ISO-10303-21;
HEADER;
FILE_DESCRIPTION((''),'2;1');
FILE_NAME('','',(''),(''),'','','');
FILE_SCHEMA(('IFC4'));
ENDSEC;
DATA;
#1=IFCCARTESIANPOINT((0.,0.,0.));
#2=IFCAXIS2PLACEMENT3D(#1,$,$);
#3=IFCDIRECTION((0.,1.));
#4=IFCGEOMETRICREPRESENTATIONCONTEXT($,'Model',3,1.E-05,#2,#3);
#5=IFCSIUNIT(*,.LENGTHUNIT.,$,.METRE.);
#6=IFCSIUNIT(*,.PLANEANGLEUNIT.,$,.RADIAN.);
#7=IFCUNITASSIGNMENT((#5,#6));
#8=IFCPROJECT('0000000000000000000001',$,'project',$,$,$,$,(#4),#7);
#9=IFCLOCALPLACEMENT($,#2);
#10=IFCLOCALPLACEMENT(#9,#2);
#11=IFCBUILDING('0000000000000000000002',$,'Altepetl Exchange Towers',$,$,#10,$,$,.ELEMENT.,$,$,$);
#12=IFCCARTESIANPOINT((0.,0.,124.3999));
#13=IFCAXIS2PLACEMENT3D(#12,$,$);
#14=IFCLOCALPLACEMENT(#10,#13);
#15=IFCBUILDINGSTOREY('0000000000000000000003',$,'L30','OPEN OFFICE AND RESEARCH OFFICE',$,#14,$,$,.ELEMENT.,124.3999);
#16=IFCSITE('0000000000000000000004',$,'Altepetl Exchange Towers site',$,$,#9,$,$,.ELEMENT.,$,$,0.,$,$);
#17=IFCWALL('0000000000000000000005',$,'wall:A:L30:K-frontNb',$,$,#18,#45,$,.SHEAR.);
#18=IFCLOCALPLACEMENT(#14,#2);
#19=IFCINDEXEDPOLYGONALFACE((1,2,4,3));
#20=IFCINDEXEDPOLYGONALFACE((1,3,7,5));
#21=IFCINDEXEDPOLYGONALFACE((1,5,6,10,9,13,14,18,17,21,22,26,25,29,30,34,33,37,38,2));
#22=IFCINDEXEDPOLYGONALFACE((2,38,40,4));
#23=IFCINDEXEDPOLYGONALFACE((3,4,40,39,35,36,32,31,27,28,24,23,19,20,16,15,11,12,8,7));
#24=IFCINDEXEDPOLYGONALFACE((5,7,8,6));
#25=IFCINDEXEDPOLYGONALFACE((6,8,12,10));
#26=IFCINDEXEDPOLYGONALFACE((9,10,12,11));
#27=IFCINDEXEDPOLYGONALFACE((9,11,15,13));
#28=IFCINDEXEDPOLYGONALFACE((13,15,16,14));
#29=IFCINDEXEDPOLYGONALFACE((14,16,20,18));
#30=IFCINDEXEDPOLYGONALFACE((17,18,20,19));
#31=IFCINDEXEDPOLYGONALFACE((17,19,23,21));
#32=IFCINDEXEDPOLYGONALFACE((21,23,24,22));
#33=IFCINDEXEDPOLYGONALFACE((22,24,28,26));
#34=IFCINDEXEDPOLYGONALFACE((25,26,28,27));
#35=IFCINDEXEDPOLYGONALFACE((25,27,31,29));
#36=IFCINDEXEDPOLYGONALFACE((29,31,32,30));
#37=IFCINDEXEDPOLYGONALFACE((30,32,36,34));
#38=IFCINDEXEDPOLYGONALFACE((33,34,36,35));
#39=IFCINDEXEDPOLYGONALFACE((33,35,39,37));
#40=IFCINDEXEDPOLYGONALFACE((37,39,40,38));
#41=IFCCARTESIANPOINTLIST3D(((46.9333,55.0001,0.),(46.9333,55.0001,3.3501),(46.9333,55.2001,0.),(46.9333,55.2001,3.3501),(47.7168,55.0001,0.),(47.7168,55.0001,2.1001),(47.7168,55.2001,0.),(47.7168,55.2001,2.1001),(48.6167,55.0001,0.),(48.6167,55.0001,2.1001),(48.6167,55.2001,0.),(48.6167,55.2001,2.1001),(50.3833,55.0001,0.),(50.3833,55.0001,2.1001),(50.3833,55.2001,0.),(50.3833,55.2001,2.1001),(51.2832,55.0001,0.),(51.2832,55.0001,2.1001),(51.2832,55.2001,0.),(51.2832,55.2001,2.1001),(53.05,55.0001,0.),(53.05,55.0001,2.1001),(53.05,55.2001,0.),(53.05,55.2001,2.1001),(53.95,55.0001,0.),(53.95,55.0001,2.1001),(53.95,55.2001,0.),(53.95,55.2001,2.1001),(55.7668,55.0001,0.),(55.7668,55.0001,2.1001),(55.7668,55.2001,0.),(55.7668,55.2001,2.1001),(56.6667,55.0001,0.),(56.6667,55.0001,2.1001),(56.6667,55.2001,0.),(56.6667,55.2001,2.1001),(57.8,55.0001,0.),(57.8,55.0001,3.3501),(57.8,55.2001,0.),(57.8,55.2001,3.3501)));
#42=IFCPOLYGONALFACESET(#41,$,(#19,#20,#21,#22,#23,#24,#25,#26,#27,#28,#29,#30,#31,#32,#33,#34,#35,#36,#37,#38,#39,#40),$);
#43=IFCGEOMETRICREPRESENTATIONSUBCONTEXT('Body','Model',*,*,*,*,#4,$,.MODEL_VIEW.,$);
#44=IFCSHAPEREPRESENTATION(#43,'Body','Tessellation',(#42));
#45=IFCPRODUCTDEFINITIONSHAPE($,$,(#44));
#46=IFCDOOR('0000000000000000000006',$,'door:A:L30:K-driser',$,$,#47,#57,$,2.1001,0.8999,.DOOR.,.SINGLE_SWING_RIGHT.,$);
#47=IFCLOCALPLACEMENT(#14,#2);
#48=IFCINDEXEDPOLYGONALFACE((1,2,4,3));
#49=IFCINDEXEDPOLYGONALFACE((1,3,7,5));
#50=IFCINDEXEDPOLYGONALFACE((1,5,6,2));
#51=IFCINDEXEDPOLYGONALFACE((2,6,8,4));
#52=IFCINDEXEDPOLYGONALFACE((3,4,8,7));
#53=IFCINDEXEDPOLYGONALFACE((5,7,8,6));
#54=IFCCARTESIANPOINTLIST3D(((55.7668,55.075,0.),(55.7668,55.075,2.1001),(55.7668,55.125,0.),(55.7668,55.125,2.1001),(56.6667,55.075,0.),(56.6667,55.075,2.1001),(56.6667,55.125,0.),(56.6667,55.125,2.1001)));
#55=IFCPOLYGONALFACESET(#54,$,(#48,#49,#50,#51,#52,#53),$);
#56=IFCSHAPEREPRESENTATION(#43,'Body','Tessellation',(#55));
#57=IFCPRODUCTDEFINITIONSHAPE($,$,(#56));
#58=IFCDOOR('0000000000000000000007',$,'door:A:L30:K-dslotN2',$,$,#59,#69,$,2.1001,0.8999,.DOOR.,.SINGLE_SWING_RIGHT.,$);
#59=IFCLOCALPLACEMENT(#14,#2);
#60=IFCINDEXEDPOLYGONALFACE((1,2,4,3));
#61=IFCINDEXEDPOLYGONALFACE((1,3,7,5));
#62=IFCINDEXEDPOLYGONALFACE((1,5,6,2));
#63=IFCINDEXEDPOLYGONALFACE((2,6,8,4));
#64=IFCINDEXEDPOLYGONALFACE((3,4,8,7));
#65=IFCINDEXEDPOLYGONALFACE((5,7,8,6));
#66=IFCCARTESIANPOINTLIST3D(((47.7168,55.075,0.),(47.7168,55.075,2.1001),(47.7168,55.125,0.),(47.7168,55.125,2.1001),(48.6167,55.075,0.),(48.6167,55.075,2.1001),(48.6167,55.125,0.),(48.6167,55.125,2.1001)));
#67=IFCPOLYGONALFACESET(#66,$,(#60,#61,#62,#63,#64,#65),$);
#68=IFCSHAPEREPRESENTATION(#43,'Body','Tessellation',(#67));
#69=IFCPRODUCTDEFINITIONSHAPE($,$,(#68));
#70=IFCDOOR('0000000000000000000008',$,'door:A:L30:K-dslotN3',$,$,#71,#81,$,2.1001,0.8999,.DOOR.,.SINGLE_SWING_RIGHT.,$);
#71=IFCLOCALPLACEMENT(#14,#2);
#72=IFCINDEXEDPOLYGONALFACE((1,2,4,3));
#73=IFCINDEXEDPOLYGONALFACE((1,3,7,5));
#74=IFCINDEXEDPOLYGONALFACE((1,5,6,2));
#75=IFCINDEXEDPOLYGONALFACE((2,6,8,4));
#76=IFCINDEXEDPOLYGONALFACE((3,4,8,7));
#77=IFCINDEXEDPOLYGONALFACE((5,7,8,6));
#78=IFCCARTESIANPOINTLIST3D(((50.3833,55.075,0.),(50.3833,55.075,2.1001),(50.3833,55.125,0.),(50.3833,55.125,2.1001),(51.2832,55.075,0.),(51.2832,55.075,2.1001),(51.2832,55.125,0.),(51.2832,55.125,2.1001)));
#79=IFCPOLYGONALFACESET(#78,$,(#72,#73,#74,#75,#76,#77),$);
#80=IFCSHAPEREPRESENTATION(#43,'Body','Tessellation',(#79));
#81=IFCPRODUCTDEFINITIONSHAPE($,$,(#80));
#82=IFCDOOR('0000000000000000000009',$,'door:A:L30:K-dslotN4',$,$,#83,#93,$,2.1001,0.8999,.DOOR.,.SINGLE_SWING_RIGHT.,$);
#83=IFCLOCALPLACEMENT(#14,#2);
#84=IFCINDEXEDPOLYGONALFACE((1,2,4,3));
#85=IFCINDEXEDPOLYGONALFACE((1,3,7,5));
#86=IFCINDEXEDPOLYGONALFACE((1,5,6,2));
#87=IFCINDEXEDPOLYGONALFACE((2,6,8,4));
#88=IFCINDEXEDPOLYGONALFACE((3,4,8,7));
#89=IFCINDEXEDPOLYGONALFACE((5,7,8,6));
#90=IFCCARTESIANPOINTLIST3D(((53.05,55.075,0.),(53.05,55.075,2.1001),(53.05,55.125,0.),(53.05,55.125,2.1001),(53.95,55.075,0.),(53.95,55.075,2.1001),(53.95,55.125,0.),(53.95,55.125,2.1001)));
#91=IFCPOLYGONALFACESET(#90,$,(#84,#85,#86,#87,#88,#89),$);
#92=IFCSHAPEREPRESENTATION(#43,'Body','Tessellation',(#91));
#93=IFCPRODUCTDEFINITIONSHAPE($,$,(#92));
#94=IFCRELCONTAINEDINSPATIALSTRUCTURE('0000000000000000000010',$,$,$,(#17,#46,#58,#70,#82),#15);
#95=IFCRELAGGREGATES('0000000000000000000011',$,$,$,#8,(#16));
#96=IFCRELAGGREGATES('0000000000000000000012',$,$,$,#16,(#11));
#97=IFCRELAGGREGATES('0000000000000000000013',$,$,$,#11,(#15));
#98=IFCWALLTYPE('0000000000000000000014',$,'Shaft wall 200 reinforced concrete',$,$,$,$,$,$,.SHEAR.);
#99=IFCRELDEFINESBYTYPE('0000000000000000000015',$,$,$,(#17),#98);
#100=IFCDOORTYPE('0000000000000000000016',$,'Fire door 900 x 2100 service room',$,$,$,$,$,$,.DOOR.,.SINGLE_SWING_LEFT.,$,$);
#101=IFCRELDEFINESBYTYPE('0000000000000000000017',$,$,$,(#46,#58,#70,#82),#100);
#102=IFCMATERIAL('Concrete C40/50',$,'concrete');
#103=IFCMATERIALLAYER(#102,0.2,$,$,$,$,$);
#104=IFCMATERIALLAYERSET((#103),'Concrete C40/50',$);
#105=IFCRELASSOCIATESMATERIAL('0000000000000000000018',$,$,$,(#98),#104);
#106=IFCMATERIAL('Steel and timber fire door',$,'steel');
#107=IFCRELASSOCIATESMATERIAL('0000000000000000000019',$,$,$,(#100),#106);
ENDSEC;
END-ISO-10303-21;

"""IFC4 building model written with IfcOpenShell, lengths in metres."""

from ifc_helpers import new_model, si_unit, direction, frame, frame_2d, origin, place, context, subcontext, project, spatial, rectangle, extrude, material, layer, layer_set, type_object, element, fill, save


model = new_model("IFC4")

# Units and contexts
model_context = context("Model", 3, precision=1e-05, world=origin(), true_north=direction((0.0, 1.0)))
body_context = subcontext(model_context, "Body", "Model", "MODEL_VIEW")
ifc_project = project(units=[si_unit("LENGTHUNIT", "METRE"), si_unit("PLANEANGLEUNIT", "RADIAN")], contexts=[model_context])

# Site, building, storey
site_placement = place(None, origin())
site = spatial("IfcSite", under=ifc_project, at=site_placement, Name="Altepetl Exchange Towers site", CompositionType="ELEMENT", RefElevation=0.0)
building_placement = place(site_placement, origin())
building = spatial("IfcBuilding", under=site, at=building_placement, Name="Altepetl Exchange Towers", CompositionType="ELEMENT")
storey_placement = place(building_placement, frame((0.0, 0.0, 124.3999)))
storey = spatial("IfcBuildingStorey", under=building, at=storey_placement, Name="L30", Description="OPEN OFFICE AND RESEARCH OFFICE", CompositionType="ELEMENT", Elevation=124.3999)

# Shared definitions
ifc_material_1 = material(Name="Steel and timber fire door", Category="steel")

# Shared definitions
ifc_material_2 = material(Name="Concrete C40/50", Category="concrete")
ifc_layer_1 = layer(ifc_material_2, 0.2)
ifc_layer_set_1 = layer_set([ifc_layer_1], Name="Concrete C40/50")
wall_type_1 = type_object("IfcWallType", Name="Shaft wall 200 reinforced concrete", PredefinedType="SHEAR", material=ifc_layer_set_1)

# Wall, openings, doors
wall_1_placement = place(storey_placement, frame((46.9333, 55.1001, 0.0)))
wall_1 = element("IfcWall", 1, at=wall_1_placement, inside=storey, type_object=wall_type_1, Name="wall:A:L30:K-frontNb", PredefinedType="SHEAR", context=body_context, shape_type="SweptSolid", body=[
    extrude(rectangle(XDim=10.8667, YDim=0.2, at=frame_2d((5.4333, 0.0))), origin(), (0.0, 0.0, 1.0), 3.3501),
])
opening_1_placement = place(wall_1_placement, frame((8.8335, 0.0, 0.0)))
opening_1 = element("IfcOpeningElement", 2, at=opening_1_placement, cuts=wall_1, PredefinedType="OPENING", context=body_context, shape_type="SweptSolid", body=[
    extrude(rectangle(XDim=0.8999, YDim=2.1001, at=frame_2d((0.45, 1.05))), frame((0.0, 0.1099, 0.0), z_axis=(0.0, -1.0, 0.0), x_axis=(1.0, 0.0, 0.0)), (0.0, 0.0, 1.0), 0.22),
])
opening_2_placement = place(wall_1_placement, frame((0.7834, 0.0, 0.0)))
opening_2 = element("IfcOpeningElement", 3, at=opening_2_placement, cuts=wall_1, PredefinedType="OPENING", context=body_context, shape_type="SweptSolid", body=[
    extrude(rectangle(XDim=0.8999, YDim=2.1001, at=frame_2d((0.45, 1.05))), frame((0.0, 0.1099, 0.0), z_axis=(0.0, -1.0, 0.0), x_axis=(1.0, 0.0, 0.0)), (0.0, 0.0, 1.0), 0.22),
])
opening_3_placement = place(wall_1_placement, frame((3.45, 0.0, 0.0)))
opening_3 = element("IfcOpeningElement", 4, at=opening_3_placement, cuts=wall_1, PredefinedType="OPENING", context=body_context, shape_type="SweptSolid", body=[
    extrude(rectangle(XDim=0.8999, YDim=2.1001, at=frame_2d((0.45, 1.05))), frame((0.0, 0.1099, 0.0), z_axis=(0.0, -1.0, 0.0), x_axis=(1.0, 0.0, 0.0)), (0.0, 0.0, 1.0), 0.22),
])
opening_4_placement = place(wall_1_placement, frame((6.1167, 0.0, 0.0)))
opening_4 = element("IfcOpeningElement", 5, at=opening_4_placement, cuts=wall_1, PredefinedType="OPENING", context=body_context, shape_type="SweptSolid", body=[
    extrude(rectangle(XDim=0.8999, YDim=2.1001, at=frame_2d((0.45, 1.05))), frame((0.0, 0.1099, 0.0), z_axis=(0.0, -1.0, 0.0), x_axis=(1.0, 0.0, 0.0)), (0.0, 0.0, 1.0), 0.22),
])
door_type_1 = type_object("IfcDoorType", Name="Fire door 900 x 2100 service room", OperationType="SINGLE_SWING_LEFT", PredefinedType="DOOR", material=ifc_material_1)
door_1_placement = place(opening_1_placement, origin())
door_1 = element("IfcDoor", 6, at=door_1_placement, inside=storey, type_object=door_type_1, Name="door:A:L30:K-driser", OperationType="SINGLE_SWING_RIGHT", OverallHeight=2.1001, OverallWidth=0.8999, PredefinedType="DOOR", context=body_context, shape_type="SweptSolid", body=[
    extrude(rectangle(XDim=0.8999, YDim=2.1001, at=frame_2d((0.45, 1.05))), frame((0.0, 0.0249, 0.0), z_axis=(0.0, -1.0, 0.0), x_axis=(1.0, 0.0, 0.0)), (0.0, 0.0, 1.0), 0.05),
])
fill(opening_1, door_1)
door_2_placement = place(opening_2_placement, origin())
door_2 = element("IfcDoor", 7, at=door_2_placement, inside=storey, type_object=door_type_1, Name="door:A:L30:K-dslotN2", OperationType="SINGLE_SWING_RIGHT", OverallHeight=2.1001, OverallWidth=0.8999, PredefinedType="DOOR", context=body_context, shape_type="SweptSolid", body=[
    extrude(rectangle(XDim=0.8999, YDim=2.1001, at=frame_2d((0.45, 1.05))), frame((0.0, 0.0249, 0.0), z_axis=(0.0, -1.0, 0.0), x_axis=(1.0, 0.0, 0.0)), (0.0, 0.0, 1.0), 0.05),
])
fill(opening_2, door_2)
door_3_placement = place(opening_3_placement, origin())
door_3 = element("IfcDoor", 8, at=door_3_placement, inside=storey, type_object=door_type_1, Name="door:A:L30:K-dslotN3", OperationType="SINGLE_SWING_RIGHT", OverallHeight=2.1001, OverallWidth=0.8999, PredefinedType="DOOR", context=body_context, shape_type="SweptSolid", body=[
    extrude(rectangle(XDim=0.8999, YDim=2.1001, at=frame_2d((0.45, 1.05))), frame((0.0, 0.0249, 0.0), z_axis=(0.0, -1.0, 0.0), x_axis=(1.0, 0.0, 0.0)), (0.0, 0.0, 1.0), 0.05),
])
fill(opening_3, door_3)
door_4_placement = place(opening_4_placement, origin())
door_4 = element("IfcDoor", 9, at=door_4_placement, inside=storey, type_object=door_type_1, Name="door:A:L30:K-dslotN4", OperationType="SINGLE_SWING_RIGHT", OverallHeight=2.1001, OverallWidth=0.8999, PredefinedType="DOOR", context=body_context, shape_type="SweptSolid", body=[
    extrude(rectangle(XDim=0.8999, YDim=2.1001, at=frame_2d((0.45, 1.05))), frame((0.0, 0.0249, 0.0), z_axis=(0.0, -1.0, 0.0), x_axis=(1.0, 0.0, 0.0)), (0.0, 0.0, 1.0), 0.05),
])
fill(opening_4, door_4)

save(model, "model.ifc")
